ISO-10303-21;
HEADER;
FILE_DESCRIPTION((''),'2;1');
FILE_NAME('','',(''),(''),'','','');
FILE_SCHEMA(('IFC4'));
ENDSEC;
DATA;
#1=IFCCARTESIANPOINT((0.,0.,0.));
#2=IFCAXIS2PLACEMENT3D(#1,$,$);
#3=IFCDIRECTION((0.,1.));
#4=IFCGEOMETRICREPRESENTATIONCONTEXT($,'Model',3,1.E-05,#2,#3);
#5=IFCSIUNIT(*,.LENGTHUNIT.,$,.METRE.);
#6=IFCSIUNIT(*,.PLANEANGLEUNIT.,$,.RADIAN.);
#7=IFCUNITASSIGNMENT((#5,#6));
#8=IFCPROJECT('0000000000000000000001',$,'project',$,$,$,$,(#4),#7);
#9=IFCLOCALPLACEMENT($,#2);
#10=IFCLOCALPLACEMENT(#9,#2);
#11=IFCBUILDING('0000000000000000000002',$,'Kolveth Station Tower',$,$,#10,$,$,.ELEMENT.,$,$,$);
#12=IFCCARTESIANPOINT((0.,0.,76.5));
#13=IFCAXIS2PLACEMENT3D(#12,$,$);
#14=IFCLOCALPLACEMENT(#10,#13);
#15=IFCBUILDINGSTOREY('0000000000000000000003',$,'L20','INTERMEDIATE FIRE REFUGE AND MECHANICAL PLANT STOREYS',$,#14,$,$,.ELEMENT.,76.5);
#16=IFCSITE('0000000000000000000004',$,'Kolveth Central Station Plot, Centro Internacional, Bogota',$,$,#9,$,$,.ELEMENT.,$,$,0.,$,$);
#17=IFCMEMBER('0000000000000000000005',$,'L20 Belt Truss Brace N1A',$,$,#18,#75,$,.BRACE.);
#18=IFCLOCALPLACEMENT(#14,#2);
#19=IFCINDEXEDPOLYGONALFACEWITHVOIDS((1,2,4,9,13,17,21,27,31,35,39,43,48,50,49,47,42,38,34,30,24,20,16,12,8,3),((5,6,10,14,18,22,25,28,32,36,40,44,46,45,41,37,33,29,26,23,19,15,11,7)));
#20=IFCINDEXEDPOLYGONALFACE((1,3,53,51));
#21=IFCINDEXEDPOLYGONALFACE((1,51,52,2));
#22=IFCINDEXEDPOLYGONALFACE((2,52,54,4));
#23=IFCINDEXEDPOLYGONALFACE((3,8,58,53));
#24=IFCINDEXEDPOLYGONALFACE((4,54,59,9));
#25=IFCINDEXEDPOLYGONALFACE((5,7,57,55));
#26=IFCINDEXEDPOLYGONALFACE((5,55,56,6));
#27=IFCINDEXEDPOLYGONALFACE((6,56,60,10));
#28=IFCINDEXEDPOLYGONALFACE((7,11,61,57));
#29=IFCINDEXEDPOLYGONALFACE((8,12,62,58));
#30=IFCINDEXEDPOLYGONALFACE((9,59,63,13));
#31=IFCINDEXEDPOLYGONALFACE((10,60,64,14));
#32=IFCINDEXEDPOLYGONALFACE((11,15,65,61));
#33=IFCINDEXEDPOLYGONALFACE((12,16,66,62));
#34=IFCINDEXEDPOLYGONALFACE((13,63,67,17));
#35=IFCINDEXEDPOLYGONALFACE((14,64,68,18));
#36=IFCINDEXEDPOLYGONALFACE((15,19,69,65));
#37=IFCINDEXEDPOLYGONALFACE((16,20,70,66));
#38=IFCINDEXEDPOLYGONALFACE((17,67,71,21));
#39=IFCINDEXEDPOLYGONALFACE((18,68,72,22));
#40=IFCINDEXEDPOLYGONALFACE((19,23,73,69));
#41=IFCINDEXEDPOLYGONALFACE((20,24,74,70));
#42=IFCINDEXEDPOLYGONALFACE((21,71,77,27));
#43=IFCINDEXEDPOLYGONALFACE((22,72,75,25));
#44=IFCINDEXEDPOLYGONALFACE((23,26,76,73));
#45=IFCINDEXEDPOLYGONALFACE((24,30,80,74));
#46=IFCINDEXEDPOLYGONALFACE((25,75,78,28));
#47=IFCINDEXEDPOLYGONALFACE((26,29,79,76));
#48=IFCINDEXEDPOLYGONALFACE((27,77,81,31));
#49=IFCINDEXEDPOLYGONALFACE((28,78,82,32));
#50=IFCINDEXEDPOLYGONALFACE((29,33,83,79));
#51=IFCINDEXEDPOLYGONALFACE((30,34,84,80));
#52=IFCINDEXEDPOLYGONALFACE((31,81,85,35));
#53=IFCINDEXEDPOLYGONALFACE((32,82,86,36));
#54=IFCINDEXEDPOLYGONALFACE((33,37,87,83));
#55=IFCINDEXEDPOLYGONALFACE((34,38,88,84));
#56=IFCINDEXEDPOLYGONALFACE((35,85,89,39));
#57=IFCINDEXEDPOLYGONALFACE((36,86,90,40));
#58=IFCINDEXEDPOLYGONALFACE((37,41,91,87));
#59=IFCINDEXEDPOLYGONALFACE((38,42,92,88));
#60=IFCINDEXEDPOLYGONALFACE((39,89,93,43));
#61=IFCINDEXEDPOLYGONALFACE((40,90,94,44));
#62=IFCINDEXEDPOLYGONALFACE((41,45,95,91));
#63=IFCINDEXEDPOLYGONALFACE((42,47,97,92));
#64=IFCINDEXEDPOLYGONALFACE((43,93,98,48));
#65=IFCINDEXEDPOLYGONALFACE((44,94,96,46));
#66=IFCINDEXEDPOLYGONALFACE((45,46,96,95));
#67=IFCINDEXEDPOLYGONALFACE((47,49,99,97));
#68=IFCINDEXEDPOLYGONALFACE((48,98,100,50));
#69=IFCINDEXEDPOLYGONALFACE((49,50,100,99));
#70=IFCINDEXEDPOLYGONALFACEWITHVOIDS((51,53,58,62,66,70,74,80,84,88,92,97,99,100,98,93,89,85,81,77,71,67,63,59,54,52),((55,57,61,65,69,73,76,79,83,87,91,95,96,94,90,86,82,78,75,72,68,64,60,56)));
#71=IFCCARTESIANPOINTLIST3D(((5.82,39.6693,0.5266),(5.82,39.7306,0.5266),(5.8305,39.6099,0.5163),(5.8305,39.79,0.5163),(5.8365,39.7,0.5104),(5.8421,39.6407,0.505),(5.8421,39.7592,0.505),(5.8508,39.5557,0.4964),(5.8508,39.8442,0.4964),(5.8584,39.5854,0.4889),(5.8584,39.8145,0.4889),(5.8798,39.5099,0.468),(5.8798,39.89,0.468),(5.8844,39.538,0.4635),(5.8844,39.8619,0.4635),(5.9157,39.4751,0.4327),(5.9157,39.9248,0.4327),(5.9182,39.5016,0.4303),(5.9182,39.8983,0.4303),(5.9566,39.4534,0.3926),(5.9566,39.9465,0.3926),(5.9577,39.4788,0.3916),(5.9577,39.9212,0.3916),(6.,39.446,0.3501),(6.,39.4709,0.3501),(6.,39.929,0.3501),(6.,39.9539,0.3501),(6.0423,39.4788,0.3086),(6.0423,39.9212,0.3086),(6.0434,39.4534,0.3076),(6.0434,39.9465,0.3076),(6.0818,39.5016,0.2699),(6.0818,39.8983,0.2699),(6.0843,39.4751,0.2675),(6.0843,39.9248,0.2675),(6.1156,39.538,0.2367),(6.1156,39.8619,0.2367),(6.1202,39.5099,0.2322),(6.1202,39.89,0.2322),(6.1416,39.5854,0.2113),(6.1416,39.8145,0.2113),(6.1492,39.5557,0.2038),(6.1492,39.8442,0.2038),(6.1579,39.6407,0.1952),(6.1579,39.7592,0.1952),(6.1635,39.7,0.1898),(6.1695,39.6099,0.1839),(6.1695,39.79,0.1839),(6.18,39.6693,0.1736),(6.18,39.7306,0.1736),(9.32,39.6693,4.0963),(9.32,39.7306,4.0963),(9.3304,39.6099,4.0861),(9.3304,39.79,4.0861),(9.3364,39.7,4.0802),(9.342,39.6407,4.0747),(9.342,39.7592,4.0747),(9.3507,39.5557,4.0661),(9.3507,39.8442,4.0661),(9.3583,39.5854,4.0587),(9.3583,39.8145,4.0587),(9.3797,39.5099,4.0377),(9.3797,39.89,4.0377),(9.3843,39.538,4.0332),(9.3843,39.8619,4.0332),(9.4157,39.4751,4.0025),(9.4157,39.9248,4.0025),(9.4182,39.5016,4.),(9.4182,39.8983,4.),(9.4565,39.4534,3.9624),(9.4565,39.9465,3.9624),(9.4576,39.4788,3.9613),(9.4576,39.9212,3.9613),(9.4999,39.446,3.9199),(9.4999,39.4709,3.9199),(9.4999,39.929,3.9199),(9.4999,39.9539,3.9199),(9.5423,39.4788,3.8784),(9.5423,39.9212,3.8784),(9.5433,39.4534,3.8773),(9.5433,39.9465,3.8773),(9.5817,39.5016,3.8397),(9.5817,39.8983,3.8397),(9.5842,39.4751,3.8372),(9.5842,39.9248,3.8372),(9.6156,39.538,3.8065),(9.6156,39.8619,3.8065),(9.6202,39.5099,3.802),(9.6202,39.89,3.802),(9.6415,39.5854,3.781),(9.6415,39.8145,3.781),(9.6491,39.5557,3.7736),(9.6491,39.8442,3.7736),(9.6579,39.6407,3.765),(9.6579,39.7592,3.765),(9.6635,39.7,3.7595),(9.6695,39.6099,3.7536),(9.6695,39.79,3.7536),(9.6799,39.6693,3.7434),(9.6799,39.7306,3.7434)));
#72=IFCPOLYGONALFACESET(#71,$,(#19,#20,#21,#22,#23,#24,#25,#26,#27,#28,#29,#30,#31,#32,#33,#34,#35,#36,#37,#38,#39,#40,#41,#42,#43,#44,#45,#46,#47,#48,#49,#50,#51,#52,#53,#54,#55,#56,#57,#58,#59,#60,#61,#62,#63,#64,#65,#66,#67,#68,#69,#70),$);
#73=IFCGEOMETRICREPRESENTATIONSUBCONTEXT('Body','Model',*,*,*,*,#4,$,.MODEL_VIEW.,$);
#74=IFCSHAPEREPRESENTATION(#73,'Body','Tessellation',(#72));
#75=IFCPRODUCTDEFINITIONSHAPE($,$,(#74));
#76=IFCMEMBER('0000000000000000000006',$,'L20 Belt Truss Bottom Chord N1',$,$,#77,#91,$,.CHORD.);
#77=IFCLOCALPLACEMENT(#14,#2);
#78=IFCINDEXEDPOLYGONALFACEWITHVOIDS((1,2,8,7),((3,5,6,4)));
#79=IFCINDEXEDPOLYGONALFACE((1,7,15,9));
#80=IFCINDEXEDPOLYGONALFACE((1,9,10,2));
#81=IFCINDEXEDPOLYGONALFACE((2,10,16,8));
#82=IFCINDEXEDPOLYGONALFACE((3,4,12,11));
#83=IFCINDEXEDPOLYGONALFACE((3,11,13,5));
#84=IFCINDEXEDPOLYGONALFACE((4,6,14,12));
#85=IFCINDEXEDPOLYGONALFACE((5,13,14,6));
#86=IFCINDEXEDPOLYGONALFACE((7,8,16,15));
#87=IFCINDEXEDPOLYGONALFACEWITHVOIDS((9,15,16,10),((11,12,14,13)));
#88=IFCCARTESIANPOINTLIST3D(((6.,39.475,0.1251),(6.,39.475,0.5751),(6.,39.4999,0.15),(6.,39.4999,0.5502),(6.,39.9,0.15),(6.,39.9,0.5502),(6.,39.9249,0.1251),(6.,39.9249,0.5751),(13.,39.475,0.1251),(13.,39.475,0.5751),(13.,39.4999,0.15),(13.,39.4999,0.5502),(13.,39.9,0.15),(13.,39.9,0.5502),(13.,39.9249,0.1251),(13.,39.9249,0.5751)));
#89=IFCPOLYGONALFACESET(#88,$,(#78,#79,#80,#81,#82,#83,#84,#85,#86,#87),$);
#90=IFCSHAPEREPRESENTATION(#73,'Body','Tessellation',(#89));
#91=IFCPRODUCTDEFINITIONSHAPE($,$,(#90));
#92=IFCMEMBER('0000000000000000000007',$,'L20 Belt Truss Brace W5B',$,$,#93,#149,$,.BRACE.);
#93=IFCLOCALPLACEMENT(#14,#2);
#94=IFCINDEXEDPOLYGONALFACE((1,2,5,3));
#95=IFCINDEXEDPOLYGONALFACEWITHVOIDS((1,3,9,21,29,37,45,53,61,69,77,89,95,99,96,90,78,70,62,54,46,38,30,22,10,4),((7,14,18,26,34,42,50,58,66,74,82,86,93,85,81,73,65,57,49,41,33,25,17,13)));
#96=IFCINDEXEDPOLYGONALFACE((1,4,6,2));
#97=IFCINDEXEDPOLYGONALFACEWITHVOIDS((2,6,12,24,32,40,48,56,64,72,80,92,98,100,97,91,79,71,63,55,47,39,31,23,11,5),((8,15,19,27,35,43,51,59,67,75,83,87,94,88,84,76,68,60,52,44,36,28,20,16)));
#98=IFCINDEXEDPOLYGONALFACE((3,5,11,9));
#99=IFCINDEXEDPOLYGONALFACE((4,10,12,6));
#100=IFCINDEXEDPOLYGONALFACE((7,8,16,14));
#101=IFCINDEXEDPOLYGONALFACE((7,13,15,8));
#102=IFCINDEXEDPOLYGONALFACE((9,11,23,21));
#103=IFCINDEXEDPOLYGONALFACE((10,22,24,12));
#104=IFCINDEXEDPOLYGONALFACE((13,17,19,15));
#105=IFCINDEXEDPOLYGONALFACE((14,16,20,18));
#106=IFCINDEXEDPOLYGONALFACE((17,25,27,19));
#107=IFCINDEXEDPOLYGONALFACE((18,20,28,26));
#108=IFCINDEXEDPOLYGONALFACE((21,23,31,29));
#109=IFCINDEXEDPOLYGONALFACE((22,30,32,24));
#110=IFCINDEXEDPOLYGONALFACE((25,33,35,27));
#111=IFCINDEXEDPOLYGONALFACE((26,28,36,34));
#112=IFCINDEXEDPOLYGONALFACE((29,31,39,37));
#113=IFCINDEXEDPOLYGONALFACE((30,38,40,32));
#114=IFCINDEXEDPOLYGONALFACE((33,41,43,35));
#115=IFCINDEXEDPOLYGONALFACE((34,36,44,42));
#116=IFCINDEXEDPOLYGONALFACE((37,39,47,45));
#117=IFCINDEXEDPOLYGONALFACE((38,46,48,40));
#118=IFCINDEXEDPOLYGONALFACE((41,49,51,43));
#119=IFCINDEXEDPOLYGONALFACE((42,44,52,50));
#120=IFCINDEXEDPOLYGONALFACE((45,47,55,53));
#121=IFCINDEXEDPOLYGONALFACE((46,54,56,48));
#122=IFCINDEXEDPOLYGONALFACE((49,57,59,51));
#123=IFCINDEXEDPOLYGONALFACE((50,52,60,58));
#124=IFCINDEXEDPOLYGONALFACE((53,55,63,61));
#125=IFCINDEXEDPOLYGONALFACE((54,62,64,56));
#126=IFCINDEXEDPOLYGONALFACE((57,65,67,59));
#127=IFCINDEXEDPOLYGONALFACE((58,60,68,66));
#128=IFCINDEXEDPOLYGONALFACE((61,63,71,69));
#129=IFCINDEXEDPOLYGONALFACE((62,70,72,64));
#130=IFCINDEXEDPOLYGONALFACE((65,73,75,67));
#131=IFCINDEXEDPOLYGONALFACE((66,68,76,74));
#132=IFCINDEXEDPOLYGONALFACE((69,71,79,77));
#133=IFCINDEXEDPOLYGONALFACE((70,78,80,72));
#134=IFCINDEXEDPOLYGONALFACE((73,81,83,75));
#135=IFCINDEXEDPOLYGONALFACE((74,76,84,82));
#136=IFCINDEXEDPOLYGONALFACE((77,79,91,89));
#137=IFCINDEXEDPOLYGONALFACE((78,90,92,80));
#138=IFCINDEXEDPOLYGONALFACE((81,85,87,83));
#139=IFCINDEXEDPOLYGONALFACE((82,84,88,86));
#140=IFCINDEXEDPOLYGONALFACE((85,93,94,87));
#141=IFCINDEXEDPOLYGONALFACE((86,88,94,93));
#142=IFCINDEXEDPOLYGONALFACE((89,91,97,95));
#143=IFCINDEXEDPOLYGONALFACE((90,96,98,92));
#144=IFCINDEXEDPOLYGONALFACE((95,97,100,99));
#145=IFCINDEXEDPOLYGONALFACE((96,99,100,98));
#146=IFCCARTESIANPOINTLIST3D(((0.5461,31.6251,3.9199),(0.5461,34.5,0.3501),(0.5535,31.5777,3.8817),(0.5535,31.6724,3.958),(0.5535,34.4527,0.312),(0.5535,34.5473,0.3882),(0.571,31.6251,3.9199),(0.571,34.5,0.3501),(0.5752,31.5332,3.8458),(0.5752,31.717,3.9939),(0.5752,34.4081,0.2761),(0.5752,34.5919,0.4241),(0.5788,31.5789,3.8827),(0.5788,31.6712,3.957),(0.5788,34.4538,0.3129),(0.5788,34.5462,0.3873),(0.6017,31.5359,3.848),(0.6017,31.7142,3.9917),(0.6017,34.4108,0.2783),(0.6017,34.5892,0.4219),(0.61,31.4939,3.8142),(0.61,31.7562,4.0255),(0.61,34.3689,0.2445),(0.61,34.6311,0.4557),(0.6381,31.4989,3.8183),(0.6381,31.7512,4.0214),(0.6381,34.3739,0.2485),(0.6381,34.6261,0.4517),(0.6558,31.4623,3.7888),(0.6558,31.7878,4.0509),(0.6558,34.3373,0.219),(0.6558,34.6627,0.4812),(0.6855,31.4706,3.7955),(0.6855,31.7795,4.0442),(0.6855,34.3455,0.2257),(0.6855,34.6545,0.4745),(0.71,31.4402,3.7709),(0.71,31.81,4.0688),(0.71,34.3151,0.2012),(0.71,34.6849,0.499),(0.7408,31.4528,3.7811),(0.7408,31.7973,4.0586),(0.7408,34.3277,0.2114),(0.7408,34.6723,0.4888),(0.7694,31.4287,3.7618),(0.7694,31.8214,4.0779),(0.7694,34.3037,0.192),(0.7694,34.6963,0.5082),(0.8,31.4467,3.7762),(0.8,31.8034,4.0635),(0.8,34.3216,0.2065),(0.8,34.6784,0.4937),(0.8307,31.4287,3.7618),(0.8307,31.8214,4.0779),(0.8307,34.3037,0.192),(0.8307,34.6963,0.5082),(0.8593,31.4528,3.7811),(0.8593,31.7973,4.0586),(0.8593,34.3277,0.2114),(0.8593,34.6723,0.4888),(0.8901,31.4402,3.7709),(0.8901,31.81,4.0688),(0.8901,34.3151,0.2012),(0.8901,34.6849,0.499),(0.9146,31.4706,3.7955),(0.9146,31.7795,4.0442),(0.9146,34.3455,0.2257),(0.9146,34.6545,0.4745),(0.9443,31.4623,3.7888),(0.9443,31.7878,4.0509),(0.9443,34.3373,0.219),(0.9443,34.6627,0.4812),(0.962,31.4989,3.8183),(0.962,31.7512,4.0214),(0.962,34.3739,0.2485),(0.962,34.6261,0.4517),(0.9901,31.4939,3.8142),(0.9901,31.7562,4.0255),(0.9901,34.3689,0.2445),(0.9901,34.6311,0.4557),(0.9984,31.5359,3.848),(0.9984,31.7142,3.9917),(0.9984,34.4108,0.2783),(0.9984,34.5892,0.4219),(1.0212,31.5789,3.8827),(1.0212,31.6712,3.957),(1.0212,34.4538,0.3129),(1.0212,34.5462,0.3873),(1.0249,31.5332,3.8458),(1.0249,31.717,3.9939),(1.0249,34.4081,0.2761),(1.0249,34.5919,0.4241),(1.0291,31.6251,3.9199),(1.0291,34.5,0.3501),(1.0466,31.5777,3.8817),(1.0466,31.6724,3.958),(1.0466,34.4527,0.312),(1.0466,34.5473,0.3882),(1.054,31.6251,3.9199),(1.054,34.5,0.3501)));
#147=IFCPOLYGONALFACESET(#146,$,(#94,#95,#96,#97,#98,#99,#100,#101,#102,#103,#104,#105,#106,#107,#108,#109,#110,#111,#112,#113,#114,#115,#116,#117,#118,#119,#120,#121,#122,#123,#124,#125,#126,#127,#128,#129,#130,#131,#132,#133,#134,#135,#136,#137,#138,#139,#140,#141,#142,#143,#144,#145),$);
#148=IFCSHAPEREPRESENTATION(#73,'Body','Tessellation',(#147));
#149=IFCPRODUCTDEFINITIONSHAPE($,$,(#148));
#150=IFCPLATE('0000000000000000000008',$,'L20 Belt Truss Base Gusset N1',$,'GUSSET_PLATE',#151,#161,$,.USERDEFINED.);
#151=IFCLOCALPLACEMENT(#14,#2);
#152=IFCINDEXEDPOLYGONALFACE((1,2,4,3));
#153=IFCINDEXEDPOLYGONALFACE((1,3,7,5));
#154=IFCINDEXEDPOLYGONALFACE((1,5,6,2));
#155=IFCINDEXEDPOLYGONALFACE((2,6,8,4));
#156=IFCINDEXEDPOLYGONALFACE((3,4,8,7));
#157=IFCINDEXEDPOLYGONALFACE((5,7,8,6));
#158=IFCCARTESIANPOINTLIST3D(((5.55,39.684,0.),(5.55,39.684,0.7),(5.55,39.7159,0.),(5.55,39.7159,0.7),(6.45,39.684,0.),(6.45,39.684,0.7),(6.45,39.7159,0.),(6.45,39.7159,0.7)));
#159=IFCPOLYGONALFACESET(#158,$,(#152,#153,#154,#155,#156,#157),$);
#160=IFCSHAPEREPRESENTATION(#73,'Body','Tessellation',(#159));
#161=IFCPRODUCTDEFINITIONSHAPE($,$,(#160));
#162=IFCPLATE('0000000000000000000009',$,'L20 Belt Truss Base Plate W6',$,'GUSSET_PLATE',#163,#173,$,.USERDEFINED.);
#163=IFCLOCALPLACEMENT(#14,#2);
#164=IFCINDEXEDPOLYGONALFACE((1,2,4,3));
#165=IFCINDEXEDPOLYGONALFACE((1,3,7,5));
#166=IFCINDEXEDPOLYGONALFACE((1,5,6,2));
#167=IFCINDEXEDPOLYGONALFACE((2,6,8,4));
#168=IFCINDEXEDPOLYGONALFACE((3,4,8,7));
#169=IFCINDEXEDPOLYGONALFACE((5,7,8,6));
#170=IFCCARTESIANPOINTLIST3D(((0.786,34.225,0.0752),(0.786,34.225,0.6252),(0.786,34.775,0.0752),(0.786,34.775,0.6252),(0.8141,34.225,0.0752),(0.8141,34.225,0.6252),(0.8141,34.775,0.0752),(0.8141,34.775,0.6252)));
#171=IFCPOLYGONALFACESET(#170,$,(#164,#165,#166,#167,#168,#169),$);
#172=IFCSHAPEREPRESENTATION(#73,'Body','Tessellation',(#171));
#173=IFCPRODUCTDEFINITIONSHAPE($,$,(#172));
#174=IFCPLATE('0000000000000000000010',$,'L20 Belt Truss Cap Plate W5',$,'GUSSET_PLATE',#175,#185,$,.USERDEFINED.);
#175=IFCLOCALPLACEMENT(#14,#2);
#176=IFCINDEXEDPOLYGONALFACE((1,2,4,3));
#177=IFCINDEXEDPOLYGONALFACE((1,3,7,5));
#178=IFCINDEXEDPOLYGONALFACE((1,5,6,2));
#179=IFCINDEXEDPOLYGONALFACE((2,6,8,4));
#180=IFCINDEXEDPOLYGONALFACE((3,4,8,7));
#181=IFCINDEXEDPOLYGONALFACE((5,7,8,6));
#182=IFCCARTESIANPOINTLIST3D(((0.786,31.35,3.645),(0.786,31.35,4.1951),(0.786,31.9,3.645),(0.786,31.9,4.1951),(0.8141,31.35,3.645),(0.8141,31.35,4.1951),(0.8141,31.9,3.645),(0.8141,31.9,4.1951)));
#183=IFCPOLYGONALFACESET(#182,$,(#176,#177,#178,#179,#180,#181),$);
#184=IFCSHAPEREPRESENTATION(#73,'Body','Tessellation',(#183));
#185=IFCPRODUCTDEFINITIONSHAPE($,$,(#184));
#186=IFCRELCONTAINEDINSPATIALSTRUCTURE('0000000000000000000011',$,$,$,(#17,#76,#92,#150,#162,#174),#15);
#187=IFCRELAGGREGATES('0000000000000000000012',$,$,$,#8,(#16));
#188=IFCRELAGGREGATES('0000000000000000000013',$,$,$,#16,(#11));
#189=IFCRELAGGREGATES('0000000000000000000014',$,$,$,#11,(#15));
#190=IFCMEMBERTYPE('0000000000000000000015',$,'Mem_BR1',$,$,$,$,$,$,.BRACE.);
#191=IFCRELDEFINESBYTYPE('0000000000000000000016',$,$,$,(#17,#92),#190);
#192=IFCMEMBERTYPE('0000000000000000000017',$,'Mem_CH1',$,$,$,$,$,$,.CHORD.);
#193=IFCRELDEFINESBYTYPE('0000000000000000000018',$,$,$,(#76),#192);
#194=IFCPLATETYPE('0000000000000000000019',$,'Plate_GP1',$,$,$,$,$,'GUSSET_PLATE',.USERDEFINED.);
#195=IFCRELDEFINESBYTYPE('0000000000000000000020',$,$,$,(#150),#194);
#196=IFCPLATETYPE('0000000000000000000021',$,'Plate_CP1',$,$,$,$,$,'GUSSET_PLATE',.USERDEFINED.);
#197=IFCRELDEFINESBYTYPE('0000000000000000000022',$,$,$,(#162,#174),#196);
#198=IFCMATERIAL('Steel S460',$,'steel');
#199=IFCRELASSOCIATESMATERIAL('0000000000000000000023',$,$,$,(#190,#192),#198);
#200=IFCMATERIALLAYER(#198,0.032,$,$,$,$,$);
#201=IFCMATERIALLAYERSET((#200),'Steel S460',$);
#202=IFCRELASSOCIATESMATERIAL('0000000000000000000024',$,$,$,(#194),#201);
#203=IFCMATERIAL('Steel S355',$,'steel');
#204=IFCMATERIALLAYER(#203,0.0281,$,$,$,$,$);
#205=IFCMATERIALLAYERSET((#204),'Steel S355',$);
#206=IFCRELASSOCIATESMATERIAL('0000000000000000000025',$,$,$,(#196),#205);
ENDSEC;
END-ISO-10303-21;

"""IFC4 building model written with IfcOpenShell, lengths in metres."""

from ifc_helpers import new_model, si_unit, direction, frame, origin, origin_2d, place, context, subcontext, project, spatial, rectangle, hollow_rectangle, hollow_circle, extrude, source, transform, mapped, material, layer, layer_set, material_profile, profile_set, type_object, element, save


model = new_model("IFC4")

# Units and contexts
model_context = context("Model", 3, precision=1e-05, world=origin(), true_north=direction((0.0, 1.0)))
body_context = subcontext(model_context, "Body", "Model", "MODEL_VIEW")
ifc_project = project(units=[si_unit("LENGTHUNIT", "METRE"), si_unit("PLANEANGLEUNIT", "RADIAN")], contexts=[model_context])

# Site, building, storey
site_placement = place(None, origin())
site = spatial("IfcSite", under=ifc_project, at=site_placement, Name="Kolveth Central Station Plot, Centro Internacional, Bogota", CompositionType="ELEMENT", RefElevation=0.0)
building_placement = place(site_placement, origin())
building = spatial("IfcBuilding", under=site, at=building_placement, Name="Kolveth Station Tower", CompositionType="ELEMENT")
storey_placement = place(building_placement, frame((0.0, 0.0, 76.5)))
storey = spatial("IfcBuildingStorey", under=building, at=storey_placement, Name="L20", Description="INTERMEDIATE FIRE REFUGE AND MECHANICAL PLANT STOREYS", CompositionType="ELEMENT", Elevation=76.5)

# Shared definitions
ifc_material_1 = material(Name="Steel S460", Category="steel")
ifc_material_2 = material(Name="Steel S355", Category="steel")

# Members
ifc_material_profile_1 = material_profile(ifc_material_1, hollow_circle(Radius=0.2539, WallThickness=0.0249, at=origin_2d()), Name="CHS508x25")
ifc_profile_set_1 = profile_set([ifc_material_profile_1], Name="Steel S460")
member_type_1 = type_object("IfcMemberType", Name="Mem_BR1", PredefinedType="BRACE", material=ifc_profile_set_1)
shared_shape_1 = source(origin(), body_context, "Body", "SweptSolid", [
    extrude(hollow_circle(Radius=0.2539, WallThickness=0.0249, at=origin_2d()), origin(), (0.0, 0.0, 1.0), 4.9993),
])
member_1_placement = place(storey_placement, frame((6.0, 39.7, 0.3501), z_axis=(0.700089, 0.0, 0.714056), x_axis=(0.0, 1.0, 0.0)))
element("IfcMember", 1, at=member_1_placement, inside=storey, type_object=member_type_1, Name="L20 Belt Truss Brace N1A", PredefinedType="BRACE", context=body_context, shape_type="MappedRepresentation", body=[
    mapped(shared_shape_1, transform((0.0, 0.0, 0.0), x_axis=(1.0, 0.0, 0.0), y_axis=(0.0, 1.0, 0.0), z_axis=(0.0, 0.0, 1.0), scale=1.0)),
])
ifc_material_profile_2 = material_profile(ifc_material_1, hollow_rectangle(XDim=0.45, YDim=0.45, WallThickness=0.0249, at=origin_2d()), Name="HSS450x450x25")
ifc_profile_set_2 = profile_set([ifc_material_profile_2], Name="Steel S460")
member_type_2 = type_object("IfcMemberType", Name="Mem_CH1", PredefinedType="CHORD", material=ifc_profile_set_2)
shared_shape_2 = source(origin(), body_context, "Body", "SweptSolid", [
    extrude(hollow_rectangle(XDim=0.45, YDim=0.45, WallThickness=0.0249, at=origin_2d()), origin(), (0.0, 0.0, 1.0), 7.0),
])
member_2_placement = place(storey_placement, frame((6.0, 39.7, 0.3501), z_axis=(1.0, 0.0, 0.0), x_axis=(0.0, 1.0, 0.0)))
element("IfcMember", 2, at=member_2_placement, inside=storey, type_object=member_type_2, Name="L20 Belt Truss Bottom Chord N1", PredefinedType="CHORD", context=body_context, shape_type="MappedRepresentation", body=[
    mapped(shared_shape_2, transform((0.0, 0.0, 0.0), x_axis=(1.0, 0.0, 0.0), y_axis=(0.0, 1.0, 0.0), z_axis=(0.0, 0.0, 1.0), scale=1.0)),
])
shared_shape_3 = source(origin(), body_context, "Body", "SweptSolid", [
    extrude(hollow_circle(Radius=0.2539, WallThickness=0.0249, at=origin_2d()), origin(), (0.0, 0.0, 1.0), 4.5835),
])
member_3_placement = place(storey_placement, frame((0.8, 34.5, 0.3501), z_axis=(0.0, -0.627238, 0.778828), x_axis=(1.0, 0.0, 0.0)))
element("IfcMember", 3, at=member_3_placement, inside=storey, type_object=member_type_1, Name="L20 Belt Truss Brace W5B", PredefinedType="BRACE", context=body_context, shape_type="MappedRepresentation", body=[
    mapped(shared_shape_3, transform((0.0, 0.0, 0.0), x_axis=(1.0, 0.0, 0.0), y_axis=(0.0, 1.0, 0.0), z_axis=(0.0, 0.0, 1.0), scale=1.0)),
])

# Plates
ifc_layer_1 = layer(ifc_material_1, 0.032)
ifc_layer_set_1 = layer_set([ifc_layer_1], Name="Steel S460")
plate_type_1 = type_object("IfcPlateType", Name="Plate_GP1", ElementType="GUSSET_PLATE", PredefinedType="USERDEFINED", material=ifc_layer_set_1)
shared_shape_4 = source(origin(), body_context, "Body", "SweptSolid", [
    extrude(rectangle(XDim=0.8999, YDim=0.032, at=origin_2d()), origin(), (0.0, 0.0, 1.0), 0.7),
])
plate_placement = place(storey_placement, frame((6.0, 39.7, 0.0), z_axis=(0.0, 0.0, 1.0), x_axis=(1.0, 0.0, 0.0)))
element("IfcPlate", 4, at=plate_placement, inside=storey, type_object=plate_type_1, Name="L20 Belt Truss Base Gusset N1", ObjectType="GUSSET_PLATE", PredefinedType="USERDEFINED", context=body_context, shape_type="MappedRepresentation", body=[
    mapped(shared_shape_4, transform((0.0, 0.0, 0.0), x_axis=(1.0, 0.0, 0.0), y_axis=(0.0, 1.0, 0.0), z_axis=(0.0, 0.0, 1.0), scale=1.0)),
])
ifc_layer_2 = layer(ifc_material_2, 0.0281)
ifc_layer_set_2 = layer_set([ifc_layer_2], Name="Steel S355")
plate_type_2 = type_object("IfcPlateType", Name="Plate_CP1", ElementType="GUSSET_PLATE", PredefinedType="USERDEFINED", material=ifc_layer_set_2)
shared_shape_5 = source(origin(), body_context, "Body", "SweptSolid", [
    extrude(rectangle(XDim=0.0281, YDim=0.55, at=origin_2d()), origin(), (0.0, 0.0, 1.0), 0.55),
])
for number, where, z_axis, x_axis, name in (
    (5, (0.8, 34.5, 0.0752), (0.0, 0.0, 1.0), (1.0, 0.0, 0.0), "L20 Belt Truss Base Plate W6"),
    (6, (0.8, 31.625, 3.645), (0.0, 0.0, 1.0), (1.0, 0.0, 0.0), "L20 Belt Truss Cap Plate W5"),
):
    element("IfcPlate", number, at=place(storey_placement, frame(where, z_axis=z_axis, x_axis=x_axis)), inside=storey, type_object=plate_type_2, Name=name, ObjectType="GUSSET_PLATE", PredefinedType="USERDEFINED", context=body_context, shape_type="MappedRepresentation", body=[
        mapped(shared_shape_5, transform((0.0, 0.0, 0.0), x_axis=(1.0, 0.0, 0.0), y_axis=(0.0, 1.0, 0.0), z_axis=(0.0, 0.0, 1.0), scale=1.0)),
    ])

save(model, "model.ifc")
